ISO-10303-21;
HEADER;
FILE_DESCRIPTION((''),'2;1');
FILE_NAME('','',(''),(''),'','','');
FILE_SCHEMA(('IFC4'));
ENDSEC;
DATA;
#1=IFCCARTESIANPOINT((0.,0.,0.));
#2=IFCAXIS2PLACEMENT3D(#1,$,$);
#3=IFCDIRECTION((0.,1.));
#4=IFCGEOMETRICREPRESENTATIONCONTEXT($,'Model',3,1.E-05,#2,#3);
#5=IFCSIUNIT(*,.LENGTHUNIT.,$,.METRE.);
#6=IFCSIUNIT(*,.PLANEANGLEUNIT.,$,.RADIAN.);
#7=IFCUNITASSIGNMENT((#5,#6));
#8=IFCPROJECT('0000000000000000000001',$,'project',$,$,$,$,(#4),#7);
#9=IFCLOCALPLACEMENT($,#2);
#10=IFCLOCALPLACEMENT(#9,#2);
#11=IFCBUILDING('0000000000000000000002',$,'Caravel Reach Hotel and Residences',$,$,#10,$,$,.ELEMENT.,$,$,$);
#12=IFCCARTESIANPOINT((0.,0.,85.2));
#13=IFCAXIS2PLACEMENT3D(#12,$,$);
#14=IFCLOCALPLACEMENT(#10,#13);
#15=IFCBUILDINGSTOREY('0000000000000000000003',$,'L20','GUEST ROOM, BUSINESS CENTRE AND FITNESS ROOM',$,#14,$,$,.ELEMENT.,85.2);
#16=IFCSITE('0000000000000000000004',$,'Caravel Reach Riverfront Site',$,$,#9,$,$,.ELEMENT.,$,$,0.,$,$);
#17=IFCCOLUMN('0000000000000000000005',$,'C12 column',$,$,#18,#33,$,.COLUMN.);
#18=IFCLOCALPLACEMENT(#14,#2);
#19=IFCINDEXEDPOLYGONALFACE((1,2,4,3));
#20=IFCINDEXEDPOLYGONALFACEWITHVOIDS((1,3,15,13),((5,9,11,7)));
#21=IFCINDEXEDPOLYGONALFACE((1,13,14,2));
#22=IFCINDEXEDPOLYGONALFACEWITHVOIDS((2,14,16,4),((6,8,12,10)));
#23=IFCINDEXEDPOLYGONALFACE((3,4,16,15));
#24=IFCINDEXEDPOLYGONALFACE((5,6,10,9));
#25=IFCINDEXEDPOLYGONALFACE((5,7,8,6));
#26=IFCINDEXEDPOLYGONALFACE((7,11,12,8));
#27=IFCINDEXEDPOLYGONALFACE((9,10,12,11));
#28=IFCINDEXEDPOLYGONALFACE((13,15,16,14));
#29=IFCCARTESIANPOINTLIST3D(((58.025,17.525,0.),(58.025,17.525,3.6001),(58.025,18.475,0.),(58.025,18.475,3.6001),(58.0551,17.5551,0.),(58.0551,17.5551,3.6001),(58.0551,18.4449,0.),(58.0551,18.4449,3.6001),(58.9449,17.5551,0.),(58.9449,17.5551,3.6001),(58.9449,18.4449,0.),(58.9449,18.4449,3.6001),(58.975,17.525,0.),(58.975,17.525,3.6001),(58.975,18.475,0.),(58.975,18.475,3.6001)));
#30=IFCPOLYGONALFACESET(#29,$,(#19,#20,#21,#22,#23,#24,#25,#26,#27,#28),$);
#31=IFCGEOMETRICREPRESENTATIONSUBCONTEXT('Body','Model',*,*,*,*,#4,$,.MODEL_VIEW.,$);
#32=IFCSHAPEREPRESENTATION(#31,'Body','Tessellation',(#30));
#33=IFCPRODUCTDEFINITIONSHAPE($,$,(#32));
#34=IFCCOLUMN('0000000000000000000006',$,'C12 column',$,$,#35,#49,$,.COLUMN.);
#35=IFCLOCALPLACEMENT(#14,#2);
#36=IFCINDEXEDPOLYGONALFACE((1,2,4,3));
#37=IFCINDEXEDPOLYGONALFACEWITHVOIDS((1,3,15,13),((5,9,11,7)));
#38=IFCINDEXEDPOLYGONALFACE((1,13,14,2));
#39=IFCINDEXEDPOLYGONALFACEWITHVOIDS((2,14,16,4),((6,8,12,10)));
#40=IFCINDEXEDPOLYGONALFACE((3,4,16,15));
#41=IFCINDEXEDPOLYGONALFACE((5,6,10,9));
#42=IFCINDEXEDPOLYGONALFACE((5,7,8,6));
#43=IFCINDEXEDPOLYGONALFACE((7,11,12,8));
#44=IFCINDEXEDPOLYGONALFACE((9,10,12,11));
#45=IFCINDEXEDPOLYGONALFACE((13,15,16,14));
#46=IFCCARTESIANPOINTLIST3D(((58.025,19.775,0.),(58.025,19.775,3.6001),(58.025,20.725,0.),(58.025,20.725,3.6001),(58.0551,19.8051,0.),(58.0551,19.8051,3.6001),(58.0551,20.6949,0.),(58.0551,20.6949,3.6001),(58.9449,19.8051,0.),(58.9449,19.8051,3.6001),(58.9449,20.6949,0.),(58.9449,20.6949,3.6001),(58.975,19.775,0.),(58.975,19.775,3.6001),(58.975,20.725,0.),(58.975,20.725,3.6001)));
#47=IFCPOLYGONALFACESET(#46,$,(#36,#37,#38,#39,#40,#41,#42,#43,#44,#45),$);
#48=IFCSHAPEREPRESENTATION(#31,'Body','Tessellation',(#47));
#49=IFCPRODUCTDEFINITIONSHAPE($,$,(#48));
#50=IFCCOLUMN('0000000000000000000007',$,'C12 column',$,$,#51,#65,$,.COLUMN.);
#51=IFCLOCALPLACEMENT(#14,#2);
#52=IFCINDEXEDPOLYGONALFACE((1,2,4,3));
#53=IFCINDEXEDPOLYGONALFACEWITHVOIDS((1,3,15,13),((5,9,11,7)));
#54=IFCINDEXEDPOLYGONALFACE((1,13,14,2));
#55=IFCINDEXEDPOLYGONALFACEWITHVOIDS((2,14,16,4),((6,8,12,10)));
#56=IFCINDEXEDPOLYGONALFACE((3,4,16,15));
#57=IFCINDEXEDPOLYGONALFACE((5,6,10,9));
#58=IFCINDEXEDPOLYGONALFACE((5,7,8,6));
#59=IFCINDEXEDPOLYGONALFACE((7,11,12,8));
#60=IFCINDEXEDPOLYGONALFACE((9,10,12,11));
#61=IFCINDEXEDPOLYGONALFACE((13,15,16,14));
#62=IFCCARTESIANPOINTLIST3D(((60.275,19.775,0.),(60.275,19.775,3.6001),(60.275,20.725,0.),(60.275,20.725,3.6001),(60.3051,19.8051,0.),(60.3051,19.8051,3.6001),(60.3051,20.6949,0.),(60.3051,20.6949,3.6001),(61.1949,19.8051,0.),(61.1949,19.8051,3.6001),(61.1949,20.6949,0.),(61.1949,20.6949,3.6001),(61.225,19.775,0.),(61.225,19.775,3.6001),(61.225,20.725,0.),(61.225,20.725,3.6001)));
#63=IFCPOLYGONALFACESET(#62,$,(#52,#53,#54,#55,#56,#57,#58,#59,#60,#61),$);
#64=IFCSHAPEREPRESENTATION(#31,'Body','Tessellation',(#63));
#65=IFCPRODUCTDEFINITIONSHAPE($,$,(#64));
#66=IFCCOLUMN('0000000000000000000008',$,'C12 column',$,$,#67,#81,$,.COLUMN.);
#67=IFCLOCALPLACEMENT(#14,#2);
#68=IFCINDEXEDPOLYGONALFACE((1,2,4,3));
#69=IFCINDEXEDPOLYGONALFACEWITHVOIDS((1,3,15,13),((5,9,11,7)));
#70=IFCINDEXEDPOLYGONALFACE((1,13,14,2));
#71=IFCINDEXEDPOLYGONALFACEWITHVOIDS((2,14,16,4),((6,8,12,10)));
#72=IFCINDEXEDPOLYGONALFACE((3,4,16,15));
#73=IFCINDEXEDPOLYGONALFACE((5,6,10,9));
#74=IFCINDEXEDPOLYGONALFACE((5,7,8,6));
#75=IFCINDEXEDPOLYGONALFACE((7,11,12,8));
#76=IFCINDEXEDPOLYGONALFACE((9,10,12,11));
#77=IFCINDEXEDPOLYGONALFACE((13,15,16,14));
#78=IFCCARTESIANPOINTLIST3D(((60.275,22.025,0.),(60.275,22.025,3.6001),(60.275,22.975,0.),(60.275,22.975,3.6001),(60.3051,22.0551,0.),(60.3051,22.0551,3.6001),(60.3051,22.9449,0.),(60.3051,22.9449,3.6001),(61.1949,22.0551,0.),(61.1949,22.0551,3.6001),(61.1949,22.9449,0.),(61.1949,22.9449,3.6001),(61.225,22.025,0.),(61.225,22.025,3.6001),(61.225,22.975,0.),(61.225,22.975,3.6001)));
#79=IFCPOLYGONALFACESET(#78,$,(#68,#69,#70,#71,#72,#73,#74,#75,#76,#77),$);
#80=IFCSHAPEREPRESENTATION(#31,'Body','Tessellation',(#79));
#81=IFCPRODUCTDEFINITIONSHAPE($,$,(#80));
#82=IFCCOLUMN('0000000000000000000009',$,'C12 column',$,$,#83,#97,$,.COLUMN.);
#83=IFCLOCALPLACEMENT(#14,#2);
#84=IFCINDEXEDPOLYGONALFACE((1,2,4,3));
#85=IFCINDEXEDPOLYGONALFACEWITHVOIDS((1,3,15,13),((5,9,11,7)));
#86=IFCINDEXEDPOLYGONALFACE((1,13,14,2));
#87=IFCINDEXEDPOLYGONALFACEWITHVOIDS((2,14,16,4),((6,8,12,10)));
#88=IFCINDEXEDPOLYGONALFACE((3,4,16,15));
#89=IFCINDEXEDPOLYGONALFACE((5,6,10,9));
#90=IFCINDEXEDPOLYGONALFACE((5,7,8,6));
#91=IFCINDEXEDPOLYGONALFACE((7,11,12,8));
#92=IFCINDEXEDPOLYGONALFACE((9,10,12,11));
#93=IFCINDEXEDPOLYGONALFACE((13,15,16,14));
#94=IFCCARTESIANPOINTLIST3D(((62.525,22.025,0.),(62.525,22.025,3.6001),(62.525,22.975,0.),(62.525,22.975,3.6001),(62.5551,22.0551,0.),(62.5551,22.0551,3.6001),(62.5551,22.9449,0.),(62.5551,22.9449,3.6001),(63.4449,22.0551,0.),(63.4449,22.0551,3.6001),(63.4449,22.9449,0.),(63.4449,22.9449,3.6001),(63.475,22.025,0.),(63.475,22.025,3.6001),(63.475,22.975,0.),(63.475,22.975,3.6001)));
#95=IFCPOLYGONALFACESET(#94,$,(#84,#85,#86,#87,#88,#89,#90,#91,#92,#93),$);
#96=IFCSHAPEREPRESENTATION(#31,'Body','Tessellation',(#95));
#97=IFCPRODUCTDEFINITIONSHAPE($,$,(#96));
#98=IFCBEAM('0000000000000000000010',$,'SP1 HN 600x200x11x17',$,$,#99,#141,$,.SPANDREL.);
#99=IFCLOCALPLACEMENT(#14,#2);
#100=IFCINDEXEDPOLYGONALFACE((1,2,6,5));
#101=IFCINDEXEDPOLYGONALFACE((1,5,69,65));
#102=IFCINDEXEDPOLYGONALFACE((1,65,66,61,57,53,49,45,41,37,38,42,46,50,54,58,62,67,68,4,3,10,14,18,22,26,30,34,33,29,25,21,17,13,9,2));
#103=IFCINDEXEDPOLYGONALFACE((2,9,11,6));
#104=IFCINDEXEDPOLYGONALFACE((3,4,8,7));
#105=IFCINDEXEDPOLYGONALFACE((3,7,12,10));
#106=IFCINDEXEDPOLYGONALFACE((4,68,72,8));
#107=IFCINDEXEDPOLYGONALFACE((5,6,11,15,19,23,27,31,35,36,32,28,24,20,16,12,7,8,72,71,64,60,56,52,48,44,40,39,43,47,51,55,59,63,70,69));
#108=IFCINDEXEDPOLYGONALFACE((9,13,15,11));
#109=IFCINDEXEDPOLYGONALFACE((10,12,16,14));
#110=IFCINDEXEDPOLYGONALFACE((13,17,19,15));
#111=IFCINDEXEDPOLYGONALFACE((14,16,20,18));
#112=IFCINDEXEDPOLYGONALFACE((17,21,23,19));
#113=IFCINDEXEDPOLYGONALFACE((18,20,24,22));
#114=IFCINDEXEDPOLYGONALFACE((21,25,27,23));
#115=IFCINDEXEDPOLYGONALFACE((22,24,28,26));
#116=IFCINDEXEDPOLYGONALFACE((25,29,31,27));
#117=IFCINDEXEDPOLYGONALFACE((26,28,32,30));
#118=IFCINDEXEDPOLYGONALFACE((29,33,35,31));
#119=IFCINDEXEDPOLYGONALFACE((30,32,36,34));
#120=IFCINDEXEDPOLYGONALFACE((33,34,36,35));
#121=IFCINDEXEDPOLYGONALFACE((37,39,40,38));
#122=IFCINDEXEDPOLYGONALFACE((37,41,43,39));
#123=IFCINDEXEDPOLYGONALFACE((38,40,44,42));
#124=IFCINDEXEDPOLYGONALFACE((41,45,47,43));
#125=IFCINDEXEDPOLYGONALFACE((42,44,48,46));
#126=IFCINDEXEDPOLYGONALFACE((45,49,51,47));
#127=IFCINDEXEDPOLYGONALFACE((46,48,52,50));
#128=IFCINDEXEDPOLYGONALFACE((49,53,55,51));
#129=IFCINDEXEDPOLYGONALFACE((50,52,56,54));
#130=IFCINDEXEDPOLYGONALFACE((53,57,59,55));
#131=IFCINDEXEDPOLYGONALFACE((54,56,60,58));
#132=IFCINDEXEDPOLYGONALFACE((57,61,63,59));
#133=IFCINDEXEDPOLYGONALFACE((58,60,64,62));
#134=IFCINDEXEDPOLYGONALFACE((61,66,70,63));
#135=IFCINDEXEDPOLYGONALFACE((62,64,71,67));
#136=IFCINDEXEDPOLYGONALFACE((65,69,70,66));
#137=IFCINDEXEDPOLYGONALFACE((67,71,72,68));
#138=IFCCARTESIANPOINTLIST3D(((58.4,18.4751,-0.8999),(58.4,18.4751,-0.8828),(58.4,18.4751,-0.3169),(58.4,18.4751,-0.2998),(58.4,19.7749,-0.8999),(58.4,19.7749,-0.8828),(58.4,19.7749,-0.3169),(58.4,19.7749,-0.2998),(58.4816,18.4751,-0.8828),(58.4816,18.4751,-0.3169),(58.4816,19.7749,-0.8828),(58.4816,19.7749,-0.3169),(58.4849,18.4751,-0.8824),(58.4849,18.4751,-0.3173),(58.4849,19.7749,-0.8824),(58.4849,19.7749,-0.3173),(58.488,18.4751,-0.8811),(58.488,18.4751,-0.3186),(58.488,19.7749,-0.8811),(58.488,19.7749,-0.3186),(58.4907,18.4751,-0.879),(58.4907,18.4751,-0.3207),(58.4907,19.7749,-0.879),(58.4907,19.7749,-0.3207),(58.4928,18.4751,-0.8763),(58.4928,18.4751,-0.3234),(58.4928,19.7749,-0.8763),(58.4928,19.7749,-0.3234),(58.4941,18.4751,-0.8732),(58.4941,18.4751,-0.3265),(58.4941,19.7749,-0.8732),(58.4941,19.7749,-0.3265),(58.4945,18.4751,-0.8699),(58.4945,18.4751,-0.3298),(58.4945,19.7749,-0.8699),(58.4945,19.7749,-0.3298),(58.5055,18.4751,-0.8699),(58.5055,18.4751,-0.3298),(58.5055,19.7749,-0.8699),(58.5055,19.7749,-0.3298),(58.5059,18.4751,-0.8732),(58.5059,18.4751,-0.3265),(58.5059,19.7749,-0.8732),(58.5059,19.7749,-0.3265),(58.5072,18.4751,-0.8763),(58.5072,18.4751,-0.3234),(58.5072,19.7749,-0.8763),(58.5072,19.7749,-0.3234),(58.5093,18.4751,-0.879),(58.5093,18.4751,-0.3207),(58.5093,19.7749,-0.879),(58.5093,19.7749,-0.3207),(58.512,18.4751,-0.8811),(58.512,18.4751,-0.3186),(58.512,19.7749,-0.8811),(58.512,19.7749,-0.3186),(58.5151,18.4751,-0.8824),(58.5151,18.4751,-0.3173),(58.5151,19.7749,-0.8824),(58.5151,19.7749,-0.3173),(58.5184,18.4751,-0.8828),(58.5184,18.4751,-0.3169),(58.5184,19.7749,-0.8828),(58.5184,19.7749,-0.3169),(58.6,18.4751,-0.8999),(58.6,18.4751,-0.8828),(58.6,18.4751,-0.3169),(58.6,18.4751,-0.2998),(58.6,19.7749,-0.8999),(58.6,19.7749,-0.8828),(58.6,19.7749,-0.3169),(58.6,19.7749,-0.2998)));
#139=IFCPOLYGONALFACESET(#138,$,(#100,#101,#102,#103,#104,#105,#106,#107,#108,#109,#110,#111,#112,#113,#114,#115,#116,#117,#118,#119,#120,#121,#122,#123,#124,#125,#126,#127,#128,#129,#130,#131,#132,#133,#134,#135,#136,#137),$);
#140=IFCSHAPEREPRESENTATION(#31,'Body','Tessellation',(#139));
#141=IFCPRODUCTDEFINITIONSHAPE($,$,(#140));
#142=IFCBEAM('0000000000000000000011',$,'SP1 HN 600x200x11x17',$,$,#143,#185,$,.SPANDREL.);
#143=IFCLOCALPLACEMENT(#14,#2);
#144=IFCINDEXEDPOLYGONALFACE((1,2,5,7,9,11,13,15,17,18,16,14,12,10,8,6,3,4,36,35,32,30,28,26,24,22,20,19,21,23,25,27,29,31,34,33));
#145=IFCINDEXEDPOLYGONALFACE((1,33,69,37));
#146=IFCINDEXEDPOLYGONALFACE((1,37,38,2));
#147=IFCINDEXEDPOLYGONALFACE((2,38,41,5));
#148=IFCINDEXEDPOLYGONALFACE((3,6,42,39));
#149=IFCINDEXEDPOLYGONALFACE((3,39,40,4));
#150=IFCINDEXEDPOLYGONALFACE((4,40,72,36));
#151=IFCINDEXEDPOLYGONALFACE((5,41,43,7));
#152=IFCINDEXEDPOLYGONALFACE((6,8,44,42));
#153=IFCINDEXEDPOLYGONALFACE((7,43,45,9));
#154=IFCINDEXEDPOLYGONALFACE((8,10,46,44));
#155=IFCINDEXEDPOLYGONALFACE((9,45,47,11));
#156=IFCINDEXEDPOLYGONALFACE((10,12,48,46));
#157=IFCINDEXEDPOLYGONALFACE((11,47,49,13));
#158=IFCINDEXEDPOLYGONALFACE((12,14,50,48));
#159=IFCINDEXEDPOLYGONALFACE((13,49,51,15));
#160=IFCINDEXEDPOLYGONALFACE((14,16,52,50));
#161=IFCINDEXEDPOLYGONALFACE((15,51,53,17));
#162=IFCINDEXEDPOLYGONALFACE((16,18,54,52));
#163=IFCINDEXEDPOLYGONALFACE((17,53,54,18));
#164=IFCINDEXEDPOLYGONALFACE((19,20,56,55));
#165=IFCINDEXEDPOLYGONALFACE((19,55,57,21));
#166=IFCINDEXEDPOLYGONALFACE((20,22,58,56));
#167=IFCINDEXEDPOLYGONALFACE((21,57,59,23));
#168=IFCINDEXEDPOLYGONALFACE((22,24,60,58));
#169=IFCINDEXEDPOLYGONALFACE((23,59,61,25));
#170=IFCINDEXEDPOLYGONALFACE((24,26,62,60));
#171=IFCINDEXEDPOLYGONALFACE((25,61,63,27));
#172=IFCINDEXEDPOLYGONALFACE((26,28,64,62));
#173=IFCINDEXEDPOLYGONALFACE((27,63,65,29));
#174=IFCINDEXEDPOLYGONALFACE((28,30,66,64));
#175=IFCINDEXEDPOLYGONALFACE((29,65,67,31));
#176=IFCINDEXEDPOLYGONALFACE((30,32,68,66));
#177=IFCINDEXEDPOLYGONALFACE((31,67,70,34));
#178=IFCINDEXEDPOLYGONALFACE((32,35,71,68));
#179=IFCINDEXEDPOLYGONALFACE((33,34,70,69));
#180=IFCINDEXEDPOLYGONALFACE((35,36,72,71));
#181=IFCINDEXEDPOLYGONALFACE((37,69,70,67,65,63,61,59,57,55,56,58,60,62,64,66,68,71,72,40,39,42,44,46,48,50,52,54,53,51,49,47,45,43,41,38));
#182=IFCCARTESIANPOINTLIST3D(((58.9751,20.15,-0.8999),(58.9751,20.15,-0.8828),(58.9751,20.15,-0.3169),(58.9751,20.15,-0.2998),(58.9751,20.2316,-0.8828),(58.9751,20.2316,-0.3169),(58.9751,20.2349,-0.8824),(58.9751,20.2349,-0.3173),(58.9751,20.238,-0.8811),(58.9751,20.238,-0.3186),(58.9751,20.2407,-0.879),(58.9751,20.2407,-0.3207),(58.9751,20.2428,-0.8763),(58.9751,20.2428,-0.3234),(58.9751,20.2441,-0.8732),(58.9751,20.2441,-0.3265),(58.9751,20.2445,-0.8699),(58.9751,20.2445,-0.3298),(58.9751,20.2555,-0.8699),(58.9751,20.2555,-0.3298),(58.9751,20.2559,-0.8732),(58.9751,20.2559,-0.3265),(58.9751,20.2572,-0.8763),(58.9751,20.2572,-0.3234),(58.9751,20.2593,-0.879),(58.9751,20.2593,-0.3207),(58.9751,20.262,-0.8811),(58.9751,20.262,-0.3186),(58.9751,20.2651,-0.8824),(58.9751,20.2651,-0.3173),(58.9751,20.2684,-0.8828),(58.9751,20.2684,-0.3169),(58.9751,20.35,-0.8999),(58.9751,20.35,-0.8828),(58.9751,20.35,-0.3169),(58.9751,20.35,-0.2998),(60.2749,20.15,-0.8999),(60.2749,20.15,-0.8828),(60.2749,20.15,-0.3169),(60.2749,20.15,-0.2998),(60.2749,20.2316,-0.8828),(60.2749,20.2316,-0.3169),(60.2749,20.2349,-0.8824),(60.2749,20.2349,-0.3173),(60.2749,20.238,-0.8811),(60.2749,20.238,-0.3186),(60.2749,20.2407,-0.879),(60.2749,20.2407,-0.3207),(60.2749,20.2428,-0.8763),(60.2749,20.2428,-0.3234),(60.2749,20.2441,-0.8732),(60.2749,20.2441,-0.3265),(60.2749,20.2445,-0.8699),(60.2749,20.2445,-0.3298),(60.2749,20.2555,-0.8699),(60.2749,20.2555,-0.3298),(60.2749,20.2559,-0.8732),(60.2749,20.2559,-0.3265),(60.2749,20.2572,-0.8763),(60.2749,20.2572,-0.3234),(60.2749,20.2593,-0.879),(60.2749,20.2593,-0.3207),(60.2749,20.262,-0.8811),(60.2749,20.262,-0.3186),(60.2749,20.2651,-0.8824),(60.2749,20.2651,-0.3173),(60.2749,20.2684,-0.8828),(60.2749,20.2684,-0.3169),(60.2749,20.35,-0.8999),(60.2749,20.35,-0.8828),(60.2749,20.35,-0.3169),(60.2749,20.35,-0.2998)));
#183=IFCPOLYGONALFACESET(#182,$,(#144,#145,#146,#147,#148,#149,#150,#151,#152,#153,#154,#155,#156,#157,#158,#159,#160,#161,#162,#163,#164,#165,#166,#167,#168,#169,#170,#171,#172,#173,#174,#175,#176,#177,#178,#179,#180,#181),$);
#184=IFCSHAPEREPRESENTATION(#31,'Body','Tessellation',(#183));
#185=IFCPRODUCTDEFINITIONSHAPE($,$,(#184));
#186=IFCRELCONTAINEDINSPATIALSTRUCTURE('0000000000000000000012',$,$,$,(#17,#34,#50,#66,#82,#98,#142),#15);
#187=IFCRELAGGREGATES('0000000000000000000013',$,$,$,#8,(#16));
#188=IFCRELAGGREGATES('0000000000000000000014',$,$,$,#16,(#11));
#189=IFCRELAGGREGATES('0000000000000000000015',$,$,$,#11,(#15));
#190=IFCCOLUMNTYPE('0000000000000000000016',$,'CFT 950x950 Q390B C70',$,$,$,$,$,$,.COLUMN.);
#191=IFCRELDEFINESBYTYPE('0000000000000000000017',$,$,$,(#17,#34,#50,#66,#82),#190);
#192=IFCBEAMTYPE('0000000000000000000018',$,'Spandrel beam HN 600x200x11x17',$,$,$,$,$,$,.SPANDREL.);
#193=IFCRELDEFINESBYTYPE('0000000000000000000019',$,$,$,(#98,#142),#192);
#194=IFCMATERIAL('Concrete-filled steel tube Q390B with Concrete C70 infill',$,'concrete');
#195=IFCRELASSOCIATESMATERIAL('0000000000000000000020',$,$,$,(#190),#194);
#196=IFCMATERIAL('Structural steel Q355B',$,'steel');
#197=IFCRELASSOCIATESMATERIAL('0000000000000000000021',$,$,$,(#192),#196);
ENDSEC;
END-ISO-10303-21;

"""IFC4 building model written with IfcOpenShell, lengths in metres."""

from ifc_helpers import new_model, si_unit, direction, frame, origin, origin_2d, place, context, subcontext, project, spatial, hollow_rectangle, i_section, extrude, material, material_profile, profile_set, type_object, element, save


model = new_model("IFC4")

# Units and contexts
model_context = context("Model", 3, precision=1e-05, world=origin(), true_north=direction((0.0, 1.0)))
body_context = subcontext(model_context, "Body", "Model", "MODEL_VIEW")
ifc_project = project(units=[si_unit("LENGTHUNIT", "METRE"), si_unit("PLANEANGLEUNIT", "RADIAN")], contexts=[model_context])

# Site, building, storey
site_placement = place(None, origin())
site = spatial("IfcSite", under=ifc_project, at=site_placement, Name="Caravel Reach Riverfront Site", CompositionType="ELEMENT", RefElevation=0.0)
building_placement = place(site_placement, origin())
building = spatial("IfcBuilding", under=site, at=building_placement, Name="Caravel Reach Hotel and Residences", CompositionType="ELEMENT")
storey_placement = place(building_placement, frame((0.0, 0.0, 85.2)))
storey = spatial("IfcBuildingStorey", under=building, at=storey_placement, Name="L20", Description="GUEST ROOM, BUSINESS CENTRE AND FITNESS ROOM", CompositionType="ELEMENT", Elevation=85.2)

# Columns
ifc_material_1 = material(Name="Concrete-filled steel tube Q390B with Concrete C70 infill", Category="concrete")
ifc_material_profile_1 = material_profile(ifc_material_1, hollow_rectangle(XDim=0.95, YDim=0.95, WallThickness=0.03, at=origin_2d()), Name="RHS 950x950x30")
ifc_profile_set_1 = profile_set([ifc_material_profile_1], Name="Concrete-filled steel tube Q390B with Concrete C70 infill")
column_type = type_object("IfcColumnType", Name="CFT 950x950 Q390B C70", PredefinedType="COLUMN", material=ifc_profile_set_1)
for number, where, z_axis, x_axis, name in (
    (1, (58.5, 18.0, 0.0), (0.0, 0.0, 1.0), (1.0, 0.0, 0.0), "C12 column"),
    (2, (58.5, 20.25, 0.0), (0.0, 0.0, 1.0), (1.0, 0.0, 0.0), "C12 column"),
    (3, (60.75, 20.25, 0.0), (0.0, 0.0, 1.0), (1.0, 0.0, 0.0), "C12 column"),
    (4, (60.75, 22.5, 0.0), (0.0, 0.0, 1.0), (1.0, 0.0, 0.0), "C12 column"),
    (5, (63.0, 22.5, 0.0), (0.0, 0.0, 1.0), (1.0, 0.0, 0.0), "C12 column"),
):
    element("IfcColumn", number, at=place(storey_placement, frame(where, z_axis=z_axis, x_axis=x_axis)), inside=storey, type_object=column_type, Name=name, PredefinedType="COLUMN", context=body_context, shape_type="SweptSolid", body=[
        extrude(hollow_rectangle(XDim=0.95, YDim=0.95, WallThickness=0.03, at=origin_2d()), origin(), (0.0, 0.0, 1.0), 3.6001),
    ])

# Beams
ifc_material_2 = material(Name="Structural steel Q355B", Category="steel")
ifc_material_profile_2 = material_profile(ifc_material_2, i_section(OverallWidth=0.2, OverallDepth=0.6001, WebThickness=0.011, FlangeThickness=0.0171, FilletRadius=0.0129, at=origin_2d()), Name="HN 600x200x11x17")
ifc_profile_set_2 = profile_set([ifc_material_profile_2], Name="Structural steel Q355B")
beam_type = type_object("IfcBeamType", Name="Spandrel beam HN 600x200x11x17", PredefinedType="SPANDREL", material=ifc_profile_set_2)
for number, where, z_axis, x_axis, name in (
    (6, (58.5, 18.4751, -0.5999), (0.0, 1.0, 0.0), (-1.0, 0.0, 0.0), "SP1 HN 600x200x11x17"),
    (7, (58.9751, 20.25, -0.5999), (1.0, 0.0, 0.0), (0.0, 1.0, 0.0), "SP1 HN 600x200x11x17"),
):
    element("IfcBeam", number, at=place(storey_placement, frame(where, z_axis=z_axis, x_axis=x_axis)), inside=storey, type_object=beam_type, Name=name, PredefinedType="SPANDREL", context=body_context, shape_type="SweptSolid", body=[
        extrude(i_section(OverallWidth=0.2, OverallDepth=0.6001, WebThickness=0.011, FlangeThickness=0.0171, FilletRadius=0.0129, at=origin_2d()), origin(), (0.0, 0.0, 1.0), 1.2998),
    ])

save(model, "model.ifc")
